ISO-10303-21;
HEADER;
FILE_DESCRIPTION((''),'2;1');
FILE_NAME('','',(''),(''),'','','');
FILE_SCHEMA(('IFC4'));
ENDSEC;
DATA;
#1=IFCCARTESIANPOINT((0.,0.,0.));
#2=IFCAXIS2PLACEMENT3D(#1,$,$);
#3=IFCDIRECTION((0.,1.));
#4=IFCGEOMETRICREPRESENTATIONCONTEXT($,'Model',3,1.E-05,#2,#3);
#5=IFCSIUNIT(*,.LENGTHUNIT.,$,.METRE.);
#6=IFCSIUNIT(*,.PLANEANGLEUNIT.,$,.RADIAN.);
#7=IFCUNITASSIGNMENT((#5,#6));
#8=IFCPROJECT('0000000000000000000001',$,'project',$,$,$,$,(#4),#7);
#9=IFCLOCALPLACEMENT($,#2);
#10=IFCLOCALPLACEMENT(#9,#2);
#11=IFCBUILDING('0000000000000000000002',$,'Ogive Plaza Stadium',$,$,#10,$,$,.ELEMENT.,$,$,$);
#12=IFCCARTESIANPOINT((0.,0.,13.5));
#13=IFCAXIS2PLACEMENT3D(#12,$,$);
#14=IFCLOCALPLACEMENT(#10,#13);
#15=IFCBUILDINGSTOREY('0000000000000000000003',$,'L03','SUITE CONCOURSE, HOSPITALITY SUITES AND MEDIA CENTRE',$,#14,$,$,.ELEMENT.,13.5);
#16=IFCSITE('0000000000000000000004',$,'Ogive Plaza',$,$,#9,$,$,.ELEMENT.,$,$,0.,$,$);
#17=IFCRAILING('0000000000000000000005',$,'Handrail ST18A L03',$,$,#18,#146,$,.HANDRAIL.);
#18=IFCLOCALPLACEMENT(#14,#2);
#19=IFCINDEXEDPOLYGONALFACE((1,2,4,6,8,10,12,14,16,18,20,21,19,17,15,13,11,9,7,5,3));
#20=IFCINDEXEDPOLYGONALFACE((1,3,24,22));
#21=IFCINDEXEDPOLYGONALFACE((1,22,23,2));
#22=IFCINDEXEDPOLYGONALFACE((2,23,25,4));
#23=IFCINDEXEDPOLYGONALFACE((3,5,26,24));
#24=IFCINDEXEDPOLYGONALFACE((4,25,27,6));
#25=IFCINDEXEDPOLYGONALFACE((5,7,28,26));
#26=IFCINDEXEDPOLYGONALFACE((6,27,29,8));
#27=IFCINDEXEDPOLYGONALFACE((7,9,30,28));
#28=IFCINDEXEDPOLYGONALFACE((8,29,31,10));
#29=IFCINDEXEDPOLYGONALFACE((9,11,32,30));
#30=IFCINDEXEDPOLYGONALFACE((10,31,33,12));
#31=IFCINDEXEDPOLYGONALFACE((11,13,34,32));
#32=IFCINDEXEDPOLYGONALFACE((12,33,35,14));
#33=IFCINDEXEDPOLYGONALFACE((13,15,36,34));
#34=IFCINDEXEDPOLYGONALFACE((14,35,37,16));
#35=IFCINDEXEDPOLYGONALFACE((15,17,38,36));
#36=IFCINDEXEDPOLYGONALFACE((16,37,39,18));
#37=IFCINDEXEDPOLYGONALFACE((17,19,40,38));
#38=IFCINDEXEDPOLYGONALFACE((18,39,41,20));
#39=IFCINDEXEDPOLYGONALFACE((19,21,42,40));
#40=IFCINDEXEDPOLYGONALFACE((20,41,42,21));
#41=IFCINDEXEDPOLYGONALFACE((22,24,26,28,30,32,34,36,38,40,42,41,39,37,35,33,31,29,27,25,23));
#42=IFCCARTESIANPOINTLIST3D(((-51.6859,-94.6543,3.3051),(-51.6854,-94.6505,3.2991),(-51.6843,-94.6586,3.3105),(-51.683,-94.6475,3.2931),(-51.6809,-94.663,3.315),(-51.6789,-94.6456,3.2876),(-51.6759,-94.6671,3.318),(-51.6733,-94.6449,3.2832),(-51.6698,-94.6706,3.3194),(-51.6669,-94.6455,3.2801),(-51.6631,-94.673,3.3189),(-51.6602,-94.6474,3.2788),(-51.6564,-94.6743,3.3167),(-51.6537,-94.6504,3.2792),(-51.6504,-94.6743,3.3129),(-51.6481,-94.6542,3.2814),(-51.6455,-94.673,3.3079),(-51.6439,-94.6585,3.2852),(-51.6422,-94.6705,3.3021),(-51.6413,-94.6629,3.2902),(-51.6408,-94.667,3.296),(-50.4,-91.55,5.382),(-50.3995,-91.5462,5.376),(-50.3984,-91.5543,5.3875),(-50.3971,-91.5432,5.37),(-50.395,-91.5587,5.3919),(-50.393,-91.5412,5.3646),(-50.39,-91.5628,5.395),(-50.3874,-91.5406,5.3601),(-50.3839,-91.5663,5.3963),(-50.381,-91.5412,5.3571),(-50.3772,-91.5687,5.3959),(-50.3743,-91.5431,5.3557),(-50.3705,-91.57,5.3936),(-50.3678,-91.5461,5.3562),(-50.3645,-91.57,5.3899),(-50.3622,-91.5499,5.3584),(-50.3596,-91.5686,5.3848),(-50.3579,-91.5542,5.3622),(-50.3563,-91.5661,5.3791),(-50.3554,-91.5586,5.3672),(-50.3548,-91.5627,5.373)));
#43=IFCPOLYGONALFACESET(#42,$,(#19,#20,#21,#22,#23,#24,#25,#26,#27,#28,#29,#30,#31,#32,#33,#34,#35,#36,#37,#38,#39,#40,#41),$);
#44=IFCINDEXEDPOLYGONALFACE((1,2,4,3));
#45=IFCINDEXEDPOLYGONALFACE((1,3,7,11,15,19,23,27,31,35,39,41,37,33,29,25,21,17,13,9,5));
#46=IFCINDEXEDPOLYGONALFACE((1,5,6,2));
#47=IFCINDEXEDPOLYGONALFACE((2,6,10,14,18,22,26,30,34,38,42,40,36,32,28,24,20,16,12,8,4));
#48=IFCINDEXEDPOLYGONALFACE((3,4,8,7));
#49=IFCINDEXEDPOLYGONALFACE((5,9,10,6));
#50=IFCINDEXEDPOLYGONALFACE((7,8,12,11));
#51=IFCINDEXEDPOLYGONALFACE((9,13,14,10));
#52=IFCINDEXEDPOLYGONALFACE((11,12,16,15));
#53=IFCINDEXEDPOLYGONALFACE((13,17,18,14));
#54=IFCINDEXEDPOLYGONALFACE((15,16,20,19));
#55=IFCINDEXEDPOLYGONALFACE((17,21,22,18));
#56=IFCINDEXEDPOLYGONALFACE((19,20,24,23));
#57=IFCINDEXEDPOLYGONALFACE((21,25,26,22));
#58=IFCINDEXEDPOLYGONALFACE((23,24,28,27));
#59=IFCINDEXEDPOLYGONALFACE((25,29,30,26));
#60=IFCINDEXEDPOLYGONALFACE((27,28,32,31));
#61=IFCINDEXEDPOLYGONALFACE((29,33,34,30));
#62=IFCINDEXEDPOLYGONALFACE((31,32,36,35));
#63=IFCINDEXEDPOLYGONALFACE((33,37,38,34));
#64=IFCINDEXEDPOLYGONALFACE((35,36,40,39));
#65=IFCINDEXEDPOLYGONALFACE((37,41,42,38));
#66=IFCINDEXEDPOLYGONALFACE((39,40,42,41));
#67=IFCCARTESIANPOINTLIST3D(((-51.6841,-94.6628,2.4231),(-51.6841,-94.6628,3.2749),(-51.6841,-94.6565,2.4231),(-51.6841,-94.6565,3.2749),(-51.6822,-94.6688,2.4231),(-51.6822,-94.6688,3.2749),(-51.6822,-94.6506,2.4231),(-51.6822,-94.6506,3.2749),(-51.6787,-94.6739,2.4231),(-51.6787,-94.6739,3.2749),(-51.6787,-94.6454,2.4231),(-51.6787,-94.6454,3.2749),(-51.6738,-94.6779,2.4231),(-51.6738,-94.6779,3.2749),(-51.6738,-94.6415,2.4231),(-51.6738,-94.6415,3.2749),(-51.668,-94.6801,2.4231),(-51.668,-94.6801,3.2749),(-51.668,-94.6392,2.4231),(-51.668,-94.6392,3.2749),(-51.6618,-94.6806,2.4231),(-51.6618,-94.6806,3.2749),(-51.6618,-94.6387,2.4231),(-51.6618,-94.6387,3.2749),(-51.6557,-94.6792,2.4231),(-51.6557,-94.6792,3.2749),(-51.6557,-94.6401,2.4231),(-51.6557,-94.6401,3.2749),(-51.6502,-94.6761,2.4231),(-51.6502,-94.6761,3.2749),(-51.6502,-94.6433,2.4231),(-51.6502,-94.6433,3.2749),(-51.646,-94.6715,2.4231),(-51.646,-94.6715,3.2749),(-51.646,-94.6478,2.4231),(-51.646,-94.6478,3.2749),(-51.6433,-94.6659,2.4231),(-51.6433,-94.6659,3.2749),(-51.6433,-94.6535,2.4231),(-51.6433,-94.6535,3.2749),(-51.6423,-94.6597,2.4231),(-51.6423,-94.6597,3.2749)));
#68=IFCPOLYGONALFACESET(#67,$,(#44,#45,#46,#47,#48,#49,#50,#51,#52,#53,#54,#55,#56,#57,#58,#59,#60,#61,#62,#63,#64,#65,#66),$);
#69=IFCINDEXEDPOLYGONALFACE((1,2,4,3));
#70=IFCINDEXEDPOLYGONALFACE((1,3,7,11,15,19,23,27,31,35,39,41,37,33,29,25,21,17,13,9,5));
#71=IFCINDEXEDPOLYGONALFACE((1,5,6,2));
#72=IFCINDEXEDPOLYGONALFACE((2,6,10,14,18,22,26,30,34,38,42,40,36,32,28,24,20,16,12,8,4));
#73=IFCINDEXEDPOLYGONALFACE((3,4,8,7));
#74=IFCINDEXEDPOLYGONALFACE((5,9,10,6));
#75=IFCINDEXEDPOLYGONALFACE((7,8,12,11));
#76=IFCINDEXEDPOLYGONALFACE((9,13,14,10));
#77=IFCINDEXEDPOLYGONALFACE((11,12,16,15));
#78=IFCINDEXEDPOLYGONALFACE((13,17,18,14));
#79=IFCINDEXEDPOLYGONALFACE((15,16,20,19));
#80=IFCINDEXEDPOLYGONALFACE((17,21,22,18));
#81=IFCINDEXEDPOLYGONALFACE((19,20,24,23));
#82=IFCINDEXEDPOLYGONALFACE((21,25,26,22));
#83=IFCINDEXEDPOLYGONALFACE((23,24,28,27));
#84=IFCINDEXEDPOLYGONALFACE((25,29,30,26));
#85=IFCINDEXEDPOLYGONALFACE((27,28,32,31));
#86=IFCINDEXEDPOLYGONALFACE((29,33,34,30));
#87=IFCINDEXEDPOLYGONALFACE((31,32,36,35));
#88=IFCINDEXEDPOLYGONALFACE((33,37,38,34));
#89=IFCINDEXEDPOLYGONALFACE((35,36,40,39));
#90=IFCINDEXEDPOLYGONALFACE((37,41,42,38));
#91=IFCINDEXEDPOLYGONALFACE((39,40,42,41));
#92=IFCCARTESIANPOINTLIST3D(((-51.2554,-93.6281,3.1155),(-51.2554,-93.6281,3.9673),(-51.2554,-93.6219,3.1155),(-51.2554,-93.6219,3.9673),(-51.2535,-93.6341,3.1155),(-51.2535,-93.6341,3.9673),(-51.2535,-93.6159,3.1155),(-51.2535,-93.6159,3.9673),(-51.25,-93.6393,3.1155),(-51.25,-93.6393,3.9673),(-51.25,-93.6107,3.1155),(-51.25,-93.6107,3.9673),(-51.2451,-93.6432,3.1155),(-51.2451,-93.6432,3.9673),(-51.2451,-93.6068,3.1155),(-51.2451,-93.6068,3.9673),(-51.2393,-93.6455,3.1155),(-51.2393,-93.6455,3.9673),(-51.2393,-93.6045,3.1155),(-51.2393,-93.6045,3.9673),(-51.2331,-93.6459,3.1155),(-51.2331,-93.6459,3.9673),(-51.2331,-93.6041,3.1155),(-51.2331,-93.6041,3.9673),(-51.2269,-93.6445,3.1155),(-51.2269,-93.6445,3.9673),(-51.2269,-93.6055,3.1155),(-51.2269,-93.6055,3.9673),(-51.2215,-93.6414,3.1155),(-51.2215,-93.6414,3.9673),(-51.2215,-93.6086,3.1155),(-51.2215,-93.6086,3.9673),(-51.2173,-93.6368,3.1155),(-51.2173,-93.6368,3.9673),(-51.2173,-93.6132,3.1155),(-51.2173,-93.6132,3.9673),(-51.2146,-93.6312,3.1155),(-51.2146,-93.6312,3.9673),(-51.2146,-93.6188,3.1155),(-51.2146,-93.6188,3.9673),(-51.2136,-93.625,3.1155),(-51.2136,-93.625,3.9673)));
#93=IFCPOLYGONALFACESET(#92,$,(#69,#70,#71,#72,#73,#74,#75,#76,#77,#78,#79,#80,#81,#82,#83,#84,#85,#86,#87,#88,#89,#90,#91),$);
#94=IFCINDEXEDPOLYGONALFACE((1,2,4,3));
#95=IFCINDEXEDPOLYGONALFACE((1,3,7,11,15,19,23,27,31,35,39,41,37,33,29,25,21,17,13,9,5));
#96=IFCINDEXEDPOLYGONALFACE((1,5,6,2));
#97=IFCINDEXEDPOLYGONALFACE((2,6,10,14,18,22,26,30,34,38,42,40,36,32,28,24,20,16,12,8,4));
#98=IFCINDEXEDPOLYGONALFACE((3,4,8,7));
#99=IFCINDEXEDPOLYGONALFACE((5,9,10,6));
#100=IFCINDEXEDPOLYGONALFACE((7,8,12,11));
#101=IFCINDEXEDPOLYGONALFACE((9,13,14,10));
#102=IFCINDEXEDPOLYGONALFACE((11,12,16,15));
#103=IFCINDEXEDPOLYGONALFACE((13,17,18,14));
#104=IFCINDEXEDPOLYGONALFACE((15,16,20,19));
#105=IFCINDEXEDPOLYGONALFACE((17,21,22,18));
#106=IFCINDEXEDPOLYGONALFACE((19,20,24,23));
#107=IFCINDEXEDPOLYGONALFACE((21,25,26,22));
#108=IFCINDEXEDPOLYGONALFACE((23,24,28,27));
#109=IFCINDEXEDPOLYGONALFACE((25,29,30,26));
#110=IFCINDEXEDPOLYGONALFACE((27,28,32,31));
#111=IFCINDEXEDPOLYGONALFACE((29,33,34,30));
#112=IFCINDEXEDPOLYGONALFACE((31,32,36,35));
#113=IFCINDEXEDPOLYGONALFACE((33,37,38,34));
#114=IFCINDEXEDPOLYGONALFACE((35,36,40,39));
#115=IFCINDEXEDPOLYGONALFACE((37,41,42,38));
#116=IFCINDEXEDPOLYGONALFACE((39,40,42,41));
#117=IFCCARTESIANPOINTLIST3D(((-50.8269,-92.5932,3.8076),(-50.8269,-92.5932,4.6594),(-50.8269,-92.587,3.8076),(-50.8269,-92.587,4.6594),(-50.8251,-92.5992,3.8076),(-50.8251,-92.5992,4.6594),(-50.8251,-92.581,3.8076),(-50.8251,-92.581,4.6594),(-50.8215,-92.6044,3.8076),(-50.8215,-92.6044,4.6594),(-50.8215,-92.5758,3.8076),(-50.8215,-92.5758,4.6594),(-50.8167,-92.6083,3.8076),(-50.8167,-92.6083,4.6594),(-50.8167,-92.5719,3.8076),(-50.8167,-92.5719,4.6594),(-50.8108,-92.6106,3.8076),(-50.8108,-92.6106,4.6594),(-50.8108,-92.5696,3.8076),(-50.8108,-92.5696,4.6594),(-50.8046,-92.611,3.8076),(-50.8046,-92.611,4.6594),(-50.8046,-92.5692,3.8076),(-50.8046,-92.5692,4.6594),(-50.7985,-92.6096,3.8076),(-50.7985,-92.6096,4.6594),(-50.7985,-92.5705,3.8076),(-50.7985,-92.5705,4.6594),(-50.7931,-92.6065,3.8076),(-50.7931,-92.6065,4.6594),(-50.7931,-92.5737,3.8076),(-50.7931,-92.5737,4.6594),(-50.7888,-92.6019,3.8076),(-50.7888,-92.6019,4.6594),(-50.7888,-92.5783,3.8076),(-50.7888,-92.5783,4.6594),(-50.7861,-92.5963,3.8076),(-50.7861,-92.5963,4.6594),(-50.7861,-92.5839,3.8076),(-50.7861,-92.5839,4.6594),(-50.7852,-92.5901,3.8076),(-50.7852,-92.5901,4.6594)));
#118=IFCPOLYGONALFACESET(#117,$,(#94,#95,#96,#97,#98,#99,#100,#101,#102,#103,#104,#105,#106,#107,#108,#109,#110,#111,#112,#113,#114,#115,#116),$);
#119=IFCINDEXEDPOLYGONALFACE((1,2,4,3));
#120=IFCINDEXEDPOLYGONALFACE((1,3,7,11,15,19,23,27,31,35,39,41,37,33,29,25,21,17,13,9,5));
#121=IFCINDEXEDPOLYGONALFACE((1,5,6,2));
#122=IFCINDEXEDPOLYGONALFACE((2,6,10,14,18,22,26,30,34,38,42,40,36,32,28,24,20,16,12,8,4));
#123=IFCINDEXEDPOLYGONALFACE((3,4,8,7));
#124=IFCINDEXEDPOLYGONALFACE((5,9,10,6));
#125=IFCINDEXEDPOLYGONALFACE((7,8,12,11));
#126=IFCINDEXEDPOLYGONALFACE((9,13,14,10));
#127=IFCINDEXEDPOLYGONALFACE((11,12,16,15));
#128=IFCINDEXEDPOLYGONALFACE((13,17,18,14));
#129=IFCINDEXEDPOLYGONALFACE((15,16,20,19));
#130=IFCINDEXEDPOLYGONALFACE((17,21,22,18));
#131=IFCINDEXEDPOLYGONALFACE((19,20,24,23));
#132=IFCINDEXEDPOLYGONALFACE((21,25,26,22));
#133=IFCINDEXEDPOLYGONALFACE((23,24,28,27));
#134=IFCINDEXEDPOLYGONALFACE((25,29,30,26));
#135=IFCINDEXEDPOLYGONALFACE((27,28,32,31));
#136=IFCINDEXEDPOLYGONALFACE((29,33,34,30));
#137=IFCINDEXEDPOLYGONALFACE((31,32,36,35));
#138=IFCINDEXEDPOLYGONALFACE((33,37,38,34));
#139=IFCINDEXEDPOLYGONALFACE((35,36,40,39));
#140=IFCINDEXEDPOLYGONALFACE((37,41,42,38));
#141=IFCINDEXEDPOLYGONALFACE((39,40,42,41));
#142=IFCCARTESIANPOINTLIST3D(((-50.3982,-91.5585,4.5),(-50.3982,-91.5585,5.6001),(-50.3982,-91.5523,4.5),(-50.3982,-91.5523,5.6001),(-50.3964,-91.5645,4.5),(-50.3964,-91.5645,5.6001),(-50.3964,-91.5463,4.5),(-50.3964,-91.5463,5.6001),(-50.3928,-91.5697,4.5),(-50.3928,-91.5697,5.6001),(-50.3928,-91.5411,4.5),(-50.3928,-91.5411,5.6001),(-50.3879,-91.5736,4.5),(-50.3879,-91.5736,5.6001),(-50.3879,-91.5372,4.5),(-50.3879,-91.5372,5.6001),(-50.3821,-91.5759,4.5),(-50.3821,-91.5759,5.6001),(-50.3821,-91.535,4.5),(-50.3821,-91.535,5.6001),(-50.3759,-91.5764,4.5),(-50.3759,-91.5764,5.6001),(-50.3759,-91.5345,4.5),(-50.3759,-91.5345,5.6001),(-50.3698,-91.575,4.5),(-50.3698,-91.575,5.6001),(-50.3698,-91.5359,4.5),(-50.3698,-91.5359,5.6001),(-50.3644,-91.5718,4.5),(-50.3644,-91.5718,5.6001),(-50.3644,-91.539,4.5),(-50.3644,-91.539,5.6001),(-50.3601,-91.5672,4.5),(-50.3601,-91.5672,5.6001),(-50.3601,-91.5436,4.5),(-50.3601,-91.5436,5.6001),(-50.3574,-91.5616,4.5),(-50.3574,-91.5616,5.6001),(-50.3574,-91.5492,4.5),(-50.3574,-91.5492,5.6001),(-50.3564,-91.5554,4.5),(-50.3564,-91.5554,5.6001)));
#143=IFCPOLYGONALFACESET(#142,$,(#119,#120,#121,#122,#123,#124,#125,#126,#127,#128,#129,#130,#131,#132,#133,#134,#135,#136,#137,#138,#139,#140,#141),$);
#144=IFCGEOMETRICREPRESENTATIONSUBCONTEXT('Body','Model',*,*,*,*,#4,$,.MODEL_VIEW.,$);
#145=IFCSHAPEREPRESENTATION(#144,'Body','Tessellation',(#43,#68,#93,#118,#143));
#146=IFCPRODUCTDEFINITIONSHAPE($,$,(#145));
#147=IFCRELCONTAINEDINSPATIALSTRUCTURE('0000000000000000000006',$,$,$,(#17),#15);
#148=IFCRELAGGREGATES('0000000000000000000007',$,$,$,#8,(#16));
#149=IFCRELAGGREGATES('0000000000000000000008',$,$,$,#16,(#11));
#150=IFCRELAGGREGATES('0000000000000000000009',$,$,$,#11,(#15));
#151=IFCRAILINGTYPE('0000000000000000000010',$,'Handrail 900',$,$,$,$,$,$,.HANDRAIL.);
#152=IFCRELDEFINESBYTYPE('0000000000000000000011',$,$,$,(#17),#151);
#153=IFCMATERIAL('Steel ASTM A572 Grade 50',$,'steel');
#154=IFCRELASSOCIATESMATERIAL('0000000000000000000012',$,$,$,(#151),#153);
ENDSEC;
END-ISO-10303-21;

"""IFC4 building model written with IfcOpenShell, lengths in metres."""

from ifc_helpers import new_model, si_unit, direction, frame, origin, origin_2d, place, context, subcontext, project, spatial, circle, extrude, material, type_object, element, save


model = new_model("IFC4")

# Units and contexts
model_context = context("Model", 3, precision=1e-05, world=origin(), true_north=direction((0.0, 1.0)))
body_context = subcontext(model_context, "Body", "Model", "MODEL_VIEW")
ifc_project = project(units=[si_unit("LENGTHUNIT", "METRE"), si_unit("PLANEANGLEUNIT", "RADIAN")], contexts=[model_context])

# Site, building, storey
site_placement = place(None, origin())
site = spatial("IfcSite", under=ifc_project, at=site_placement, Name="Ogive Plaza", CompositionType="ELEMENT", RefElevation=0.0)
building_placement = place(site_placement, origin())
building = spatial("IfcBuilding", under=site, at=building_placement, Name="Ogive Plaza Stadium", CompositionType="ELEMENT")
storey_placement = place(building_placement, frame((0.0, 0.0, 13.5)))
storey = spatial("IfcBuildingStorey", under=building, at=storey_placement, Name="L03", Description="SUITE CONCOURSE, HOSPITALITY SUITES AND MEDIA CENTRE", CompositionType="ELEMENT", Elevation=13.5)

# Railing
ifc_material_1 = material(Name="Steel ASTM A572 Grade 50", Category="steel")
railing_type_1 = type_object("IfcRailingType", Name="Handrail 900", PredefinedType="HANDRAIL", material=ifc_material_1)
railing_1_placement = place(storey_placement, frame((-51.6633, -94.6597, 2.4231)))
element("IfcRailing", 1, at=railing_1_placement, inside=storey, type_object=railing_type_1, Name="Handrail ST18A L03", PredefinedType="HANDRAIL", context=body_context, shape_type="SweptSolid", body=[
    extrude(circle(Radius=0.0239, at=origin_2d()), frame((0.0, 0.0, 0.876), z_axis=(0.325532, 0.785863, 0.525783), x_axis=(-0.923872, 0.3827, 0.0)), (0.0, 0.0, 1.0), 3.9502),
    extrude(circle(Radius=0.021, at=origin_2d()), origin(), (0.0, 0.0, 1.0), 0.8518),
    extrude(circle(Radius=0.021, at=origin_2d()), frame((0.4287, 1.0347, 0.6924)), (0.0, 0.0, 1.0), 0.8518),
    extrude(circle(Radius=0.021, at=origin_2d()), frame((0.8572, 2.0696, 1.3845)), (0.0, 0.0, 1.0), 0.8518),
    extrude(circle(Radius=0.021, at=origin_2d()), frame((1.2859, 3.1042, 2.0769)), (0.0, 0.0, 1.0), 1.1001),
])

save(model, "model.ifc")
